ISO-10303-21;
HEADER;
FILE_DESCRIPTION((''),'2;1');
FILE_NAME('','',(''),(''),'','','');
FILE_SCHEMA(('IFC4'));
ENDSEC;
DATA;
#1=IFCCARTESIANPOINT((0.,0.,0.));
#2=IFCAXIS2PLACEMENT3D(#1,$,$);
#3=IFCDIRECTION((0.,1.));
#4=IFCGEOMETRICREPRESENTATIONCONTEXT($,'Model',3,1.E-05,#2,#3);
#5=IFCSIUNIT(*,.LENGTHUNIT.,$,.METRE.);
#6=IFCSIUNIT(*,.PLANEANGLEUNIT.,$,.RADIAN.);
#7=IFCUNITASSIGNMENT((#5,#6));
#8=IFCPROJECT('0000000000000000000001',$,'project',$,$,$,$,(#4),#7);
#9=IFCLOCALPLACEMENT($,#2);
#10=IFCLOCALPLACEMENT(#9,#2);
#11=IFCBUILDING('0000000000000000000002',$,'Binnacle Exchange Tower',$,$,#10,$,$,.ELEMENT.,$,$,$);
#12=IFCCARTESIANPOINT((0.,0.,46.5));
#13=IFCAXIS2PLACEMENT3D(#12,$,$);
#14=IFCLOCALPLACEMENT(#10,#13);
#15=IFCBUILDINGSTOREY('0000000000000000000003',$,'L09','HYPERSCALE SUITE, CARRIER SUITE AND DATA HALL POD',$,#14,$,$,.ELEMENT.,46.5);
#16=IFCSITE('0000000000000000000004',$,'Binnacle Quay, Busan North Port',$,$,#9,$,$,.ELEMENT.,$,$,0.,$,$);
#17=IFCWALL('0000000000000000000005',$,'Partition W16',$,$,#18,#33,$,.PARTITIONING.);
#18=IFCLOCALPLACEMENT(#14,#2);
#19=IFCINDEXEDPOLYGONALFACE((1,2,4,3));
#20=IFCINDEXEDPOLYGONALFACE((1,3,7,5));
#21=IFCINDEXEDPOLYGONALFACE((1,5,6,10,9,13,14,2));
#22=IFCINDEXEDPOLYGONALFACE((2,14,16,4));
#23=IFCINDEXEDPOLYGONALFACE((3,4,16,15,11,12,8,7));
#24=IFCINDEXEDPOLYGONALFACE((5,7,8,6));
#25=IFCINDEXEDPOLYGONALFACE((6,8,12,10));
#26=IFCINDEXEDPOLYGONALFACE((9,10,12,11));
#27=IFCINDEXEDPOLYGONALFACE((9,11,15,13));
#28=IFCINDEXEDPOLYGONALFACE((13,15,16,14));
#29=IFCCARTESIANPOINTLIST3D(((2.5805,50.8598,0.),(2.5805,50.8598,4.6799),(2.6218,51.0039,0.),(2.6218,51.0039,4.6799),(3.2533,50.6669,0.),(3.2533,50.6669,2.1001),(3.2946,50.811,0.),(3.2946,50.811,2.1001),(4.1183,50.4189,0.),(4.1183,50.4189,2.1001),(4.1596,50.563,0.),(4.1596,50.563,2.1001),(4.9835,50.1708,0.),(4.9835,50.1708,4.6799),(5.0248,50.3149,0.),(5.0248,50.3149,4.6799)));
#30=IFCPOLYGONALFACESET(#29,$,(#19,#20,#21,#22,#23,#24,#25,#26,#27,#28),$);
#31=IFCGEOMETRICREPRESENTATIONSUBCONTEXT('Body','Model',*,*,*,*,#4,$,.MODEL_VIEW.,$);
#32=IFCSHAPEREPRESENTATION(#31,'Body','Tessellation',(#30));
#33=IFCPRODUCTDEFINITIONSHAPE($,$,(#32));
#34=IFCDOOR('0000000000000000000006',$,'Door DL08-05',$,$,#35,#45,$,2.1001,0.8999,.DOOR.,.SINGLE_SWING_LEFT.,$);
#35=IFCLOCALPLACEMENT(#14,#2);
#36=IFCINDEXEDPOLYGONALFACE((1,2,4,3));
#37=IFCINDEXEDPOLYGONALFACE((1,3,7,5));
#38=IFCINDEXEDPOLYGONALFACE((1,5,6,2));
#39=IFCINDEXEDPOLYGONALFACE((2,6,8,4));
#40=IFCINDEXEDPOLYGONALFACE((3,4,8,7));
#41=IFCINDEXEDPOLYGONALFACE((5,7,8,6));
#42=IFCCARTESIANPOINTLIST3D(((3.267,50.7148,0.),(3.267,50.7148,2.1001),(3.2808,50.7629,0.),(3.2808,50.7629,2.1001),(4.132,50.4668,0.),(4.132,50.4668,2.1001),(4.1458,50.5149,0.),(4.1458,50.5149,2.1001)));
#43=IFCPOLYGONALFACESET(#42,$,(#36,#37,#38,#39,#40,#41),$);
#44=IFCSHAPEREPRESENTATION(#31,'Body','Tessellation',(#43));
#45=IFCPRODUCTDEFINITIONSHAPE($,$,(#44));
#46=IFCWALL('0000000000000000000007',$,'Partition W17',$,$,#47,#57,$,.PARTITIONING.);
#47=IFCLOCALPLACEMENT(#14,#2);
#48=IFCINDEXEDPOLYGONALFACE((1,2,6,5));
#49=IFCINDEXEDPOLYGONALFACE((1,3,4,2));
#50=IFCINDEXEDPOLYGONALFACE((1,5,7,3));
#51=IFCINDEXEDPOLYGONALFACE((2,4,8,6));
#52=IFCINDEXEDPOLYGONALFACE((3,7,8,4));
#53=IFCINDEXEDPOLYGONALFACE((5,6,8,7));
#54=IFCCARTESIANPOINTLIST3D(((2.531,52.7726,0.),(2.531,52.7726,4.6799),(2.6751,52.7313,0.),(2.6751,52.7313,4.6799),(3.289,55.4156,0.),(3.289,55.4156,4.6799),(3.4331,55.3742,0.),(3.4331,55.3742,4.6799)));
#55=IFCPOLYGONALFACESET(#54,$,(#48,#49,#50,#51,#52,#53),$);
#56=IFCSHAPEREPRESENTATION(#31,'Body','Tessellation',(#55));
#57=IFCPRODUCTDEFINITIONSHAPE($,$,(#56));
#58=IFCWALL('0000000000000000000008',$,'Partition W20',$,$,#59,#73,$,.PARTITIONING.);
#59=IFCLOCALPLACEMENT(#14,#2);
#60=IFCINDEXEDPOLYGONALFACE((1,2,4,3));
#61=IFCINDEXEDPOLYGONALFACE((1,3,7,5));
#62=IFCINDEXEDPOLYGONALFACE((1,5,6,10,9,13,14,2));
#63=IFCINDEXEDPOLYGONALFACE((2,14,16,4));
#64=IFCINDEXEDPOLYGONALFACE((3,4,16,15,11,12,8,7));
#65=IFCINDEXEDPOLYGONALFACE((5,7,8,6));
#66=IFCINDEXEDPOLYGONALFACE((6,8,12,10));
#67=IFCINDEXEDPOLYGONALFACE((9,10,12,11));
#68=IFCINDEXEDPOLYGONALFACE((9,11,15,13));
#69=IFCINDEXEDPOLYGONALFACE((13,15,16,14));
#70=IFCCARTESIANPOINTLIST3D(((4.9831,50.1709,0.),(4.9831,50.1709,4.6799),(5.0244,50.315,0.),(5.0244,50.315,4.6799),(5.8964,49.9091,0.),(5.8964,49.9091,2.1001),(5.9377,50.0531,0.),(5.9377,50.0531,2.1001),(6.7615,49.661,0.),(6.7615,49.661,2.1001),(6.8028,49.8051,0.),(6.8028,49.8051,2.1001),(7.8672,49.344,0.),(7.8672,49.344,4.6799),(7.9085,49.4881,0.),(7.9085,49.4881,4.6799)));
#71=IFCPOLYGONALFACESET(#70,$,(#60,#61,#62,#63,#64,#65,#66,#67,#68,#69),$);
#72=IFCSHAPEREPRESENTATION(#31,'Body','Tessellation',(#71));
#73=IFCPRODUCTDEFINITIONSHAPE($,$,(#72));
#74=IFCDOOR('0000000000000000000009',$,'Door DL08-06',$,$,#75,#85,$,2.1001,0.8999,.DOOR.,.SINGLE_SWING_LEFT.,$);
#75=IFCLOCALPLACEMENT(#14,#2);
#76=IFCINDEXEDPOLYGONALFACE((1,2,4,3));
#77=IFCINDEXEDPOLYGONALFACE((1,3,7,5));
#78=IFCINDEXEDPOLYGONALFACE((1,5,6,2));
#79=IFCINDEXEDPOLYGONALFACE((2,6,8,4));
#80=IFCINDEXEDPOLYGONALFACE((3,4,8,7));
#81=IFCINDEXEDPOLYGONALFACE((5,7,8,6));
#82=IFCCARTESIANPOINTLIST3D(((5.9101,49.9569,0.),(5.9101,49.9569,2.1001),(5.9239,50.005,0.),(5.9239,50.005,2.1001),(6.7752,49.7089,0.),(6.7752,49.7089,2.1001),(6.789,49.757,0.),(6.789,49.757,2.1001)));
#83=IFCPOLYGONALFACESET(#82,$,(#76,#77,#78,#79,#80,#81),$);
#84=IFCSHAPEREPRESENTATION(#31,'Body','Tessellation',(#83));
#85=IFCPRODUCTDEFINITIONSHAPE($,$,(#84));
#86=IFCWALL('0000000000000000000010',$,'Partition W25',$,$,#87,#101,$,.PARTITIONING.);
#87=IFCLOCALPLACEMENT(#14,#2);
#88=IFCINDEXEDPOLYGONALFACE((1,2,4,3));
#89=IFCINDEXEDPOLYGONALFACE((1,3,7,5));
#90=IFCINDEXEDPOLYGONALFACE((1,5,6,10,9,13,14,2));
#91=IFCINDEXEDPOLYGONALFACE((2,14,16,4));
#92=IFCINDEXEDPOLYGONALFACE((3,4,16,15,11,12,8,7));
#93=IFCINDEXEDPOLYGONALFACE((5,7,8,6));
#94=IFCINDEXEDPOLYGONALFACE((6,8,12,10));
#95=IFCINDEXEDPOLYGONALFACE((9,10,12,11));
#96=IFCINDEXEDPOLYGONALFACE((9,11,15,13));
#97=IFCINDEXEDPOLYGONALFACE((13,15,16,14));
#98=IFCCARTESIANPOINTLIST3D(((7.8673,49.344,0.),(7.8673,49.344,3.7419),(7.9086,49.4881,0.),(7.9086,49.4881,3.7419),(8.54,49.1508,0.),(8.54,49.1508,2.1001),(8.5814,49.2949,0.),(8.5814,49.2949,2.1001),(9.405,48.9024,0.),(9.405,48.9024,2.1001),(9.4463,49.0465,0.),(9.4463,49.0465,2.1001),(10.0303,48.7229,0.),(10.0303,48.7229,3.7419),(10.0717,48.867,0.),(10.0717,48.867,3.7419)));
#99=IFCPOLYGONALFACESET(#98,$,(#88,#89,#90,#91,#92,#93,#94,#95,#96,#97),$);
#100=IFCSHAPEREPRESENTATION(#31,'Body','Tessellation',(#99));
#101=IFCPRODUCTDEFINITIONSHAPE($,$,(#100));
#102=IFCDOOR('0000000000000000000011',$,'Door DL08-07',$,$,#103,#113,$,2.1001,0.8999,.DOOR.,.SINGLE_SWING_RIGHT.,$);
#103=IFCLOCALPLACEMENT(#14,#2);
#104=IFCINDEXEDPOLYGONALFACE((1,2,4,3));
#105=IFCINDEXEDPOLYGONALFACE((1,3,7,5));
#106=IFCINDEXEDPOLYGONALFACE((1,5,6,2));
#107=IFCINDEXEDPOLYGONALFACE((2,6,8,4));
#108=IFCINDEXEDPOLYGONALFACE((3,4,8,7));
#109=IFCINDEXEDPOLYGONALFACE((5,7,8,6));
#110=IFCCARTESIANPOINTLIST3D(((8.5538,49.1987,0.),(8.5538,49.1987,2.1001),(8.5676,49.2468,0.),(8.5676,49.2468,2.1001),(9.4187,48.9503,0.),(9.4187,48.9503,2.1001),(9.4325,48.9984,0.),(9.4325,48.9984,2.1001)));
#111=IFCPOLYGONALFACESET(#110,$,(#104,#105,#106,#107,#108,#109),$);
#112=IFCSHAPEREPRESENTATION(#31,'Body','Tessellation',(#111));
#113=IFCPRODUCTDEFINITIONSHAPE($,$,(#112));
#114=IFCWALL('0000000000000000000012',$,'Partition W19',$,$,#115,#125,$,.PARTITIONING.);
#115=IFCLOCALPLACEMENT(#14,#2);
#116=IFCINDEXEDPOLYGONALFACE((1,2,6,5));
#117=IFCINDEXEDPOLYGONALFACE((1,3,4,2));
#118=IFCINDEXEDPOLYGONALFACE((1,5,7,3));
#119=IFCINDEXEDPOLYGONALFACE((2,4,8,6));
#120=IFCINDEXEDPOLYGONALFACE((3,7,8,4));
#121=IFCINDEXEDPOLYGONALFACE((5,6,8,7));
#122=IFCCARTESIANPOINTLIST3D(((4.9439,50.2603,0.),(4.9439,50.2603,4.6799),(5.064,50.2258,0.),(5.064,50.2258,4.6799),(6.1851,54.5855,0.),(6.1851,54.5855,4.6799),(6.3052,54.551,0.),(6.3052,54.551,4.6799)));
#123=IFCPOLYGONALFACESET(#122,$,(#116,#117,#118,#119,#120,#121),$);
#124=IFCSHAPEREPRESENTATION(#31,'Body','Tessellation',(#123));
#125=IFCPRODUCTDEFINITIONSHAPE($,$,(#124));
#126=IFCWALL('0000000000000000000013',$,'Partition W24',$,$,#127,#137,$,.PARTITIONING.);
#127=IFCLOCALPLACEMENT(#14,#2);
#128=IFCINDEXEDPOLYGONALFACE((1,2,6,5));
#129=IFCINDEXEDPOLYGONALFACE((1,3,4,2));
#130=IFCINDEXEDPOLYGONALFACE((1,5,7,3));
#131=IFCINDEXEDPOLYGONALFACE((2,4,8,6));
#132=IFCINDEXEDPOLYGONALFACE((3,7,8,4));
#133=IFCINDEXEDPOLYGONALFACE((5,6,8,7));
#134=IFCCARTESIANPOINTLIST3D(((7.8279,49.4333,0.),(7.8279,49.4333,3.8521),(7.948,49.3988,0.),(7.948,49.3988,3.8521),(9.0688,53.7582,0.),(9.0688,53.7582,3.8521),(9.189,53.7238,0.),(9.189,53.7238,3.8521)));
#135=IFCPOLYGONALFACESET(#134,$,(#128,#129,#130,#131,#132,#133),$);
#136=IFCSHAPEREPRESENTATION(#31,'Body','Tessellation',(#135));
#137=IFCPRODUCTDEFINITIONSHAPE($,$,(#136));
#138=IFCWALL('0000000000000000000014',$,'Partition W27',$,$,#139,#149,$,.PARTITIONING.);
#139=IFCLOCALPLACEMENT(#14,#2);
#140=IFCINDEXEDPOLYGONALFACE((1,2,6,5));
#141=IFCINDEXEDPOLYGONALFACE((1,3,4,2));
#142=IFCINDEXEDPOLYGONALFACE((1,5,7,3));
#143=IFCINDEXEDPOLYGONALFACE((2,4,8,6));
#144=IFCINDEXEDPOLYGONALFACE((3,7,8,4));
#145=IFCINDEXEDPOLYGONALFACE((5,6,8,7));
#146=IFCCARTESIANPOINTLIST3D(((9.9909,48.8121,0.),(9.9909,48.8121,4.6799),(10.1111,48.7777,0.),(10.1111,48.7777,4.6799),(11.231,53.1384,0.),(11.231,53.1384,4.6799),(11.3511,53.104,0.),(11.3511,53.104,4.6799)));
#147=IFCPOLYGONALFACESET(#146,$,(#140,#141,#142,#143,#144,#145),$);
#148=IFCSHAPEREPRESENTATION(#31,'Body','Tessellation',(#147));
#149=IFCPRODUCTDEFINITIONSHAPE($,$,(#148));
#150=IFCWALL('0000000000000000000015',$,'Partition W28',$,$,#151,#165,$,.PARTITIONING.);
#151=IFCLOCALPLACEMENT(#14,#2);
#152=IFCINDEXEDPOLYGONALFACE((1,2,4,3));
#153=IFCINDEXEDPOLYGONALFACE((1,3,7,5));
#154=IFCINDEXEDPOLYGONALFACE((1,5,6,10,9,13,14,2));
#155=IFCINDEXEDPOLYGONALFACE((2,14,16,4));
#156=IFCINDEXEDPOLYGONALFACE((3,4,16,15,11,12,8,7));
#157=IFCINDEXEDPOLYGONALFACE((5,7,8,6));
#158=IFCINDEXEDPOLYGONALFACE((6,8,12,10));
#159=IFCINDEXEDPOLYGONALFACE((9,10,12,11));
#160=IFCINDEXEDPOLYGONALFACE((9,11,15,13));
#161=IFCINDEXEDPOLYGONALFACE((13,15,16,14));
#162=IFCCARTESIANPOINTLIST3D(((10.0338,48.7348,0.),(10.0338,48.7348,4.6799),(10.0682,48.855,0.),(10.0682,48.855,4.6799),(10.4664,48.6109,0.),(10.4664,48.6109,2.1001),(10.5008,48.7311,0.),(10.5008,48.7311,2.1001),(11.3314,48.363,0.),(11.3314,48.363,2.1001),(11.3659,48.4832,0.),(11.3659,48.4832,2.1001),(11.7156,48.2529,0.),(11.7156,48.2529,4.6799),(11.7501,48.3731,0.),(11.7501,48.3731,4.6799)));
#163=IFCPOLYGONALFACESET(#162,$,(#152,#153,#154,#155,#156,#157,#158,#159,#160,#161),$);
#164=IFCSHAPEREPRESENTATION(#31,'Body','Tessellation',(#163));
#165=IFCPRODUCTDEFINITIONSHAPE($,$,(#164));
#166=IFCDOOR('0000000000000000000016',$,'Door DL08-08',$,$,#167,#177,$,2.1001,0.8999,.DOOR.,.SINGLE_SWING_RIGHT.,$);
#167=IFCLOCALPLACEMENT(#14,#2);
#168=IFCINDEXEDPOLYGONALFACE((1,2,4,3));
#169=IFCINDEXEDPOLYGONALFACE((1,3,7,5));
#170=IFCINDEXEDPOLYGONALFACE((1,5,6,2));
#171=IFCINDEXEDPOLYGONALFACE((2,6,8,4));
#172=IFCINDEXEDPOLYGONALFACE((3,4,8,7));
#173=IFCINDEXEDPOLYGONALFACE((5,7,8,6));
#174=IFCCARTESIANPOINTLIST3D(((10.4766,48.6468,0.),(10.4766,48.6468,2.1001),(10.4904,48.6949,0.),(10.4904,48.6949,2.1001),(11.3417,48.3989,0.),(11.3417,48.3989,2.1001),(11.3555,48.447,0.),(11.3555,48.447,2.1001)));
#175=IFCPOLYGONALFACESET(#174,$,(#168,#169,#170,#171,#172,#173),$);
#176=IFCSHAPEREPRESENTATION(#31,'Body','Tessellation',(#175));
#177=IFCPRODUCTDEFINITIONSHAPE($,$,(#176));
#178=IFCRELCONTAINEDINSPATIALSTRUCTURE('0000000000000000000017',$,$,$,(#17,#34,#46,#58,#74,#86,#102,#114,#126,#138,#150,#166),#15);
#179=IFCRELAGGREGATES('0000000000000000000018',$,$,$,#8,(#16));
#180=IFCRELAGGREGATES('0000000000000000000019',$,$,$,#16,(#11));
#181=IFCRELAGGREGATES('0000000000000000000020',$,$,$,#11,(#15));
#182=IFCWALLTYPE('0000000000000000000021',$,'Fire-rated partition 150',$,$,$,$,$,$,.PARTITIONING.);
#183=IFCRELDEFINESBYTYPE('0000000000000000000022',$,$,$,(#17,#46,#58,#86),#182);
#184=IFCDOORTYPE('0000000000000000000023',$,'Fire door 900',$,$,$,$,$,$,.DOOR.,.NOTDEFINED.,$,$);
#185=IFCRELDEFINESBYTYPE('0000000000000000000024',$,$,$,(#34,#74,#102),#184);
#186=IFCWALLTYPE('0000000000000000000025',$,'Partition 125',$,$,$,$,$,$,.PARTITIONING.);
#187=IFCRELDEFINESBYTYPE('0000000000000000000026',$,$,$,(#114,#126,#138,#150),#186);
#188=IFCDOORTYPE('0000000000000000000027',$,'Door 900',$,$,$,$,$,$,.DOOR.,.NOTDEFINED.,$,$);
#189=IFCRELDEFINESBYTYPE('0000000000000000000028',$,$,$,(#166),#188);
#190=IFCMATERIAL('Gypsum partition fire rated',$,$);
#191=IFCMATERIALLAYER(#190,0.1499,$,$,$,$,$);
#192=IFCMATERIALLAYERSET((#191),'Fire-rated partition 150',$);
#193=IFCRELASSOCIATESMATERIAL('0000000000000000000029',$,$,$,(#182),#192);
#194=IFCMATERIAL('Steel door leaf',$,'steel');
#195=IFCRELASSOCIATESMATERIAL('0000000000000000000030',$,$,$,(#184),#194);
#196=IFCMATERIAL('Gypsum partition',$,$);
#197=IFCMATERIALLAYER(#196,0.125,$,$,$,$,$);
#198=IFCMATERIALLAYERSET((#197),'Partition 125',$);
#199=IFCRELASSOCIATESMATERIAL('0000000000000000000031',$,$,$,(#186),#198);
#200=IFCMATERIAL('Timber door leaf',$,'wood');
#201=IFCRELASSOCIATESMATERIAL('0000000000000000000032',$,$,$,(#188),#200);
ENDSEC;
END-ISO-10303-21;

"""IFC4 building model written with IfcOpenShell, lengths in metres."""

from ifc_helpers import new_model, si_unit, direction, frame, frame_2d, origin, place, context, subcontext, project, spatial, rectangle, extrude, material, layer, layer_set, type_object, element, fill, save


model = new_model("IFC4")

# Units and contexts
model_context = context("Model", 3, precision=1e-05, world=origin(), true_north=direction((0.0, 1.0)))
body_context = subcontext(model_context, "Body", "Model", "MODEL_VIEW")
ifc_project = project(units=[si_unit("LENGTHUNIT", "METRE"), si_unit("PLANEANGLEUNIT", "RADIAN")], contexts=[model_context])

# Site, building, storey
site_placement = place(None, origin())
site = spatial("IfcSite", under=ifc_project, at=site_placement, Name="Binnacle Quay, Busan North Port", CompositionType="ELEMENT", RefElevation=0.0)
building_placement = place(site_placement, origin())
building = spatial("IfcBuilding", under=site, at=building_placement, Name="Binnacle Exchange Tower", CompositionType="ELEMENT")
storey_placement = place(building_placement, frame((0.0, 0.0, 46.5)))
storey = spatial("IfcBuildingStorey", under=building, at=storey_placement, Name="L09", Description="HYPERSCALE SUITE, CARRIER SUITE AND DATA HALL POD", CompositionType="ELEMENT", Elevation=46.5)

# Shared definitions
ifc_material_1 = material(Name="Steel door leaf", Category="steel")

# Shared definitions
ifc_material_2 = material(Name="Gypsum partition fire rated")
ifc_layer_1 = layer(ifc_material_2, 0.1499)
ifc_layer_set_1 = layer_set([ifc_layer_1], Name="Fire-rated partition 150")
wall_type_1 = type_object("IfcWallType", Name="Fire-rated partition 150", PredefinedType="PARTITIONING", material=ifc_layer_set_1)

# Wall, opening, door
wall_1_placement = place(storey_placement, frame((2.6011, 50.9319, 0.0), z_axis=(0.0, 0.0, 1.0), x_axis=(0.961266, -0.275624, 0.0)))
wall_1 = element("IfcWall", 1, at=wall_1_placement, inside=storey, type_object=wall_type_1, Name="Partition W16", PredefinedType="PARTITIONING", context=body_context, shape_type="SweptSolid", body=[
    extrude(rectangle(XDim=2.4998, YDim=0.1499, at=frame_2d((1.25, 0.0))), origin(), (0.0, 0.0, 1.0), 4.6799),
])
opening_1_placement = place(wall_1_placement, frame((0.7, 0.0, 0.0)))
opening_1 = element("IfcOpeningElement", 2, at=opening_1_placement, cuts=wall_1, PredefinedType="OPENING", context=body_context, shape_type="SweptSolid", body=[
    extrude(rectangle(XDim=0.8999, YDim=2.1001, at=frame_2d((0.45, 1.05))), frame((0.0, 0.085, 0.0), z_axis=(0.0, -1.0, 0.0), x_axis=(1.0, 0.0, 0.0)), (0.0, 0.0, 1.0), 0.1699),
])
door_type_1 = type_object("IfcDoorType", Name="Fire door 900", OperationType="NOTDEFINED", PredefinedType="DOOR", material=ifc_material_1)
door_1_placement = place(opening_1_placement, origin())
door_1 = element("IfcDoor", 3, at=door_1_placement, inside=storey, type_object=door_type_1, Name="Door DL08-05", OperationType="SINGLE_SWING_LEFT", OverallHeight=2.1001, OverallWidth=0.8999, PredefinedType="DOOR", context=body_context, shape_type="SweptSolid", body=[
    extrude(rectangle(XDim=0.8999, YDim=2.1001, at=frame_2d((0.45, 1.05))), frame((0.0, 0.0249, 0.0), z_axis=(0.0, -1.0, 0.0), x_axis=(1.0, 0.0, 0.0)), (0.0, 0.0, 1.0), 0.05),
])
fill(opening_1, door_1)

# Wall
wall_2_placement = place(storey_placement, frame((2.603, 52.752, 0.0), z_axis=(0.0, 0.0, 1.0), x_axis=(0.275694, 0.961245, 0.0)))
element("IfcWall", 4, at=wall_2_placement, inside=storey, type_object=wall_type_1, Name="Partition W17", PredefinedType="PARTITIONING", context=body_context, shape_type="SweptSolid", body=[
    extrude(rectangle(XDim=2.7495, YDim=0.1499, at=frame_2d((1.3748, 0.0))), origin(), (0.0, 0.0, 1.0), 4.6799),
])

# Walls, openings, doors
wall_3_placement = place(storey_placement, frame((5.0039, 50.2429, 0.0), z_axis=(0.0, 0.0, 1.0), x_axis=(0.961269, -0.275613, 0.0)))
wall_3 = element("IfcWall", 5, at=wall_3_placement, inside=storey, type_object=wall_type_1, Name="Partition W20", PredefinedType="PARTITIONING", context=body_context, shape_type="SweptSolid", body=[
    extrude(rectangle(XDim=3.0002, YDim=0.1499, at=frame_2d((1.5, 0.0))), origin(), (0.0, 0.0, 1.0), 4.6799),
])
opening_2_placement = place(wall_3_placement, frame((0.95, 0.0, 0.0)))
opening_2 = element("IfcOpeningElement", 6, at=opening_2_placement, cuts=wall_3, PredefinedType="OPENING", context=body_context, shape_type="SweptSolid", body=[
    extrude(rectangle(XDim=0.8999, YDim=2.1001, at=frame_2d((0.45, 1.05))), frame((0.0, 0.085, 0.0), z_axis=(0.0, -1.0, 0.0), x_axis=(1.0, 0.0, 0.0)), (0.0, 0.0, 1.0), 0.1699),
])
door_2_placement = place(opening_2_placement, origin())
door_2 = element("IfcDoor", 7, at=door_2_placement, inside=storey, type_object=door_type_1, Name="Door DL08-06", OperationType="SINGLE_SWING_LEFT", OverallHeight=2.1001, OverallWidth=0.8999, PredefinedType="DOOR", context=body_context, shape_type="SweptSolid", body=[
    extrude(rectangle(XDim=0.8999, YDim=2.1001, at=frame_2d((0.45, 1.05))), frame((0.0, 0.0249, 0.0), z_axis=(0.0, -1.0, 0.0), x_axis=(1.0, 0.0, 0.0)), (0.0, 0.0, 1.0), 0.05),
])
fill(opening_2, door_2)
wall_4_placement = place(storey_placement, frame((7.8879, 49.416, 0.0), z_axis=(0.0, 0.0, 1.0), x_axis=(0.961163, -0.275982, 0.0)))
wall_4 = element("IfcWall", 8, at=wall_4_placement, inside=storey, type_object=wall_type_1, Name="Partition W25", PredefinedType="PARTITIONING", context=body_context, shape_type="SweptSolid", body=[
    extrude(rectangle(XDim=2.2505, YDim=0.1499, at=frame_2d((1.1252, 0.0))), origin(), (0.0, 0.0, 1.0), 3.7419),
])
opening_3_placement = place(wall_4_placement, frame((0.7, 0.0, 0.0)))
opening_3 = element("IfcOpeningElement", 9, at=opening_3_placement, cuts=wall_4, PredefinedType="OPENING", context=body_context, shape_type="SweptSolid", body=[
    extrude(rectangle(XDim=0.8999, YDim=2.1001, at=frame_2d((0.45, 1.05))), frame((0.0, 0.085, 0.0), z_axis=(0.0, -1.0, 0.0), x_axis=(1.0, 0.0, 0.0)), (0.0, 0.0, 1.0), 0.1699),
])
door_3_placement = place(opening_3_placement, origin())
door_3 = element("IfcDoor", 10, at=door_3_placement, inside=storey, type_object=door_type_1, Name="Door DL08-07", OperationType="SINGLE_SWING_RIGHT", OverallHeight=2.1001, OverallWidth=0.8999, PredefinedType="DOOR", context=body_context, shape_type="SweptSolid", body=[
    extrude(rectangle(XDim=0.8999, YDim=2.1001, at=frame_2d((0.45, 1.05))), frame((0.0, 0.0249, 0.0), z_axis=(0.0, -1.0, 0.0), x_axis=(1.0, 0.0, 0.0)), (0.0, 0.0, 1.0), 0.05),
])
fill(opening_3, door_3)

# Walls
ifc_material_3 = material(Name="Gypsum partition")
ifc_layer_2 = layer(ifc_material_3, 0.125)
ifc_layer_set_2 = layer_set([ifc_layer_2], Name="Partition 125")
wall_type_2 = type_object("IfcWallType", Name="Partition 125", PredefinedType="PARTITIONING", material=ifc_layer_set_2)
wall_5_placement = place(storey_placement, frame((5.0039, 50.2429, 0.0), z_axis=(0.0, 0.0, 1.0), x_axis=(0.275839, 0.961204, 0.0)))
element("IfcWall", 11, at=wall_5_placement, inside=storey, type_object=wall_type_2, Name="Partition W19", PredefinedType="PARTITIONING", context=body_context, shape_type="SweptSolid", body=[
    extrude(rectangle(XDim=4.4998, YDim=0.125, at=frame_2d((2.25, 0.0))), origin(), (0.0, 0.0, 1.0), 4.6799),
])
wall_6_placement = place(storey_placement, frame((7.8879, 49.416, 0.0), z_axis=(0.0, 0.0, 1.0), x_axis=(0.275803, 0.961214, 0.0)))
element("IfcWall", 12, at=wall_6_placement, inside=storey, type_object=wall_type_2, Name="Partition W24", PredefinedType="PARTITIONING", context=body_context, shape_type="SweptSolid", body=[
    extrude(rectangle(XDim=4.4995, YDim=0.125, at=frame_2d((2.2498, 0.0))), origin(), (0.0, 0.0, 1.0), 3.8521),
])
wall_7_placement = place(storey_placement, frame((10.051, 48.7949, 0.0), z_axis=(0.0, 0.0, 1.0), x_axis=(0.275531, 0.961292, 0.0)))
element("IfcWall", 13, at=wall_7_placement, inside=storey, type_object=wall_type_2, Name="Partition W27", PredefinedType="PARTITIONING", context=body_context, shape_type="SweptSolid", body=[
    extrude(rectangle(XDim=4.5005, YDim=0.125, at=frame_2d((2.2502, 0.0))), origin(), (0.0, 0.0, 1.0), 4.6799),
])

# Wall, opening, door
wall_8_placement = place(storey_placement, frame((10.051, 48.7949, 0.0), z_axis=(0.0, 0.0, 1.0), x_axis=(0.961313, -0.275458, 0.0)))
wall_8 = element("IfcWall", 14, at=wall_8_placement, inside=storey, type_object=wall_type_2, Name="Partition W28", PredefinedType="PARTITIONING", context=body_context, shape_type="SweptSolid", body=[
    extrude(rectangle(XDim=1.7495, YDim=0.125, at=frame_2d((0.8748, 0.0))), origin(), (0.0, 0.0, 1.0), 4.6799),
])
opening_4_placement = place(wall_8_placement, frame((0.45, 0.0, 0.0)))
opening_4 = element("IfcOpeningElement", 15, at=opening_4_placement, cuts=wall_8, PredefinedType="OPENING", context=body_context, shape_type="SweptSolid", body=[
    extrude(rectangle(XDim=0.8999, YDim=2.1001, at=frame_2d((0.45, 1.05))), frame((0.0, 0.0725, 0.0), z_axis=(0.0, -1.0, 0.0), x_axis=(1.0, 0.0, 0.0)), (0.0, 0.0, 1.0), 0.145),
])
ifc_material_4 = material(Name="Timber door leaf", Category="wood")
door_type_2 = type_object("IfcDoorType", Name="Door 900", OperationType="NOTDEFINED", PredefinedType="DOOR", material=ifc_material_4)
door_4_placement = place(opening_4_placement, origin())
door_4 = element("IfcDoor", 16, at=door_4_placement, inside=storey, type_object=door_type_2, Name="Door DL08-08", OperationType="SINGLE_SWING_RIGHT", OverallHeight=2.1001, OverallWidth=0.8999, PredefinedType="DOOR", context=body_context, shape_type="SweptSolid", body=[
    extrude(rectangle(XDim=0.8999, YDim=2.1001, at=frame_2d((0.45, 1.05))), frame((0.0, 0.0249, 0.0), z_axis=(0.0, -1.0, 0.0), x_axis=(1.0, 0.0, 0.0)), (0.0, 0.0, 1.0), 0.05),
])
fill(opening_4, door_4)

save(model, "model.ifc")
